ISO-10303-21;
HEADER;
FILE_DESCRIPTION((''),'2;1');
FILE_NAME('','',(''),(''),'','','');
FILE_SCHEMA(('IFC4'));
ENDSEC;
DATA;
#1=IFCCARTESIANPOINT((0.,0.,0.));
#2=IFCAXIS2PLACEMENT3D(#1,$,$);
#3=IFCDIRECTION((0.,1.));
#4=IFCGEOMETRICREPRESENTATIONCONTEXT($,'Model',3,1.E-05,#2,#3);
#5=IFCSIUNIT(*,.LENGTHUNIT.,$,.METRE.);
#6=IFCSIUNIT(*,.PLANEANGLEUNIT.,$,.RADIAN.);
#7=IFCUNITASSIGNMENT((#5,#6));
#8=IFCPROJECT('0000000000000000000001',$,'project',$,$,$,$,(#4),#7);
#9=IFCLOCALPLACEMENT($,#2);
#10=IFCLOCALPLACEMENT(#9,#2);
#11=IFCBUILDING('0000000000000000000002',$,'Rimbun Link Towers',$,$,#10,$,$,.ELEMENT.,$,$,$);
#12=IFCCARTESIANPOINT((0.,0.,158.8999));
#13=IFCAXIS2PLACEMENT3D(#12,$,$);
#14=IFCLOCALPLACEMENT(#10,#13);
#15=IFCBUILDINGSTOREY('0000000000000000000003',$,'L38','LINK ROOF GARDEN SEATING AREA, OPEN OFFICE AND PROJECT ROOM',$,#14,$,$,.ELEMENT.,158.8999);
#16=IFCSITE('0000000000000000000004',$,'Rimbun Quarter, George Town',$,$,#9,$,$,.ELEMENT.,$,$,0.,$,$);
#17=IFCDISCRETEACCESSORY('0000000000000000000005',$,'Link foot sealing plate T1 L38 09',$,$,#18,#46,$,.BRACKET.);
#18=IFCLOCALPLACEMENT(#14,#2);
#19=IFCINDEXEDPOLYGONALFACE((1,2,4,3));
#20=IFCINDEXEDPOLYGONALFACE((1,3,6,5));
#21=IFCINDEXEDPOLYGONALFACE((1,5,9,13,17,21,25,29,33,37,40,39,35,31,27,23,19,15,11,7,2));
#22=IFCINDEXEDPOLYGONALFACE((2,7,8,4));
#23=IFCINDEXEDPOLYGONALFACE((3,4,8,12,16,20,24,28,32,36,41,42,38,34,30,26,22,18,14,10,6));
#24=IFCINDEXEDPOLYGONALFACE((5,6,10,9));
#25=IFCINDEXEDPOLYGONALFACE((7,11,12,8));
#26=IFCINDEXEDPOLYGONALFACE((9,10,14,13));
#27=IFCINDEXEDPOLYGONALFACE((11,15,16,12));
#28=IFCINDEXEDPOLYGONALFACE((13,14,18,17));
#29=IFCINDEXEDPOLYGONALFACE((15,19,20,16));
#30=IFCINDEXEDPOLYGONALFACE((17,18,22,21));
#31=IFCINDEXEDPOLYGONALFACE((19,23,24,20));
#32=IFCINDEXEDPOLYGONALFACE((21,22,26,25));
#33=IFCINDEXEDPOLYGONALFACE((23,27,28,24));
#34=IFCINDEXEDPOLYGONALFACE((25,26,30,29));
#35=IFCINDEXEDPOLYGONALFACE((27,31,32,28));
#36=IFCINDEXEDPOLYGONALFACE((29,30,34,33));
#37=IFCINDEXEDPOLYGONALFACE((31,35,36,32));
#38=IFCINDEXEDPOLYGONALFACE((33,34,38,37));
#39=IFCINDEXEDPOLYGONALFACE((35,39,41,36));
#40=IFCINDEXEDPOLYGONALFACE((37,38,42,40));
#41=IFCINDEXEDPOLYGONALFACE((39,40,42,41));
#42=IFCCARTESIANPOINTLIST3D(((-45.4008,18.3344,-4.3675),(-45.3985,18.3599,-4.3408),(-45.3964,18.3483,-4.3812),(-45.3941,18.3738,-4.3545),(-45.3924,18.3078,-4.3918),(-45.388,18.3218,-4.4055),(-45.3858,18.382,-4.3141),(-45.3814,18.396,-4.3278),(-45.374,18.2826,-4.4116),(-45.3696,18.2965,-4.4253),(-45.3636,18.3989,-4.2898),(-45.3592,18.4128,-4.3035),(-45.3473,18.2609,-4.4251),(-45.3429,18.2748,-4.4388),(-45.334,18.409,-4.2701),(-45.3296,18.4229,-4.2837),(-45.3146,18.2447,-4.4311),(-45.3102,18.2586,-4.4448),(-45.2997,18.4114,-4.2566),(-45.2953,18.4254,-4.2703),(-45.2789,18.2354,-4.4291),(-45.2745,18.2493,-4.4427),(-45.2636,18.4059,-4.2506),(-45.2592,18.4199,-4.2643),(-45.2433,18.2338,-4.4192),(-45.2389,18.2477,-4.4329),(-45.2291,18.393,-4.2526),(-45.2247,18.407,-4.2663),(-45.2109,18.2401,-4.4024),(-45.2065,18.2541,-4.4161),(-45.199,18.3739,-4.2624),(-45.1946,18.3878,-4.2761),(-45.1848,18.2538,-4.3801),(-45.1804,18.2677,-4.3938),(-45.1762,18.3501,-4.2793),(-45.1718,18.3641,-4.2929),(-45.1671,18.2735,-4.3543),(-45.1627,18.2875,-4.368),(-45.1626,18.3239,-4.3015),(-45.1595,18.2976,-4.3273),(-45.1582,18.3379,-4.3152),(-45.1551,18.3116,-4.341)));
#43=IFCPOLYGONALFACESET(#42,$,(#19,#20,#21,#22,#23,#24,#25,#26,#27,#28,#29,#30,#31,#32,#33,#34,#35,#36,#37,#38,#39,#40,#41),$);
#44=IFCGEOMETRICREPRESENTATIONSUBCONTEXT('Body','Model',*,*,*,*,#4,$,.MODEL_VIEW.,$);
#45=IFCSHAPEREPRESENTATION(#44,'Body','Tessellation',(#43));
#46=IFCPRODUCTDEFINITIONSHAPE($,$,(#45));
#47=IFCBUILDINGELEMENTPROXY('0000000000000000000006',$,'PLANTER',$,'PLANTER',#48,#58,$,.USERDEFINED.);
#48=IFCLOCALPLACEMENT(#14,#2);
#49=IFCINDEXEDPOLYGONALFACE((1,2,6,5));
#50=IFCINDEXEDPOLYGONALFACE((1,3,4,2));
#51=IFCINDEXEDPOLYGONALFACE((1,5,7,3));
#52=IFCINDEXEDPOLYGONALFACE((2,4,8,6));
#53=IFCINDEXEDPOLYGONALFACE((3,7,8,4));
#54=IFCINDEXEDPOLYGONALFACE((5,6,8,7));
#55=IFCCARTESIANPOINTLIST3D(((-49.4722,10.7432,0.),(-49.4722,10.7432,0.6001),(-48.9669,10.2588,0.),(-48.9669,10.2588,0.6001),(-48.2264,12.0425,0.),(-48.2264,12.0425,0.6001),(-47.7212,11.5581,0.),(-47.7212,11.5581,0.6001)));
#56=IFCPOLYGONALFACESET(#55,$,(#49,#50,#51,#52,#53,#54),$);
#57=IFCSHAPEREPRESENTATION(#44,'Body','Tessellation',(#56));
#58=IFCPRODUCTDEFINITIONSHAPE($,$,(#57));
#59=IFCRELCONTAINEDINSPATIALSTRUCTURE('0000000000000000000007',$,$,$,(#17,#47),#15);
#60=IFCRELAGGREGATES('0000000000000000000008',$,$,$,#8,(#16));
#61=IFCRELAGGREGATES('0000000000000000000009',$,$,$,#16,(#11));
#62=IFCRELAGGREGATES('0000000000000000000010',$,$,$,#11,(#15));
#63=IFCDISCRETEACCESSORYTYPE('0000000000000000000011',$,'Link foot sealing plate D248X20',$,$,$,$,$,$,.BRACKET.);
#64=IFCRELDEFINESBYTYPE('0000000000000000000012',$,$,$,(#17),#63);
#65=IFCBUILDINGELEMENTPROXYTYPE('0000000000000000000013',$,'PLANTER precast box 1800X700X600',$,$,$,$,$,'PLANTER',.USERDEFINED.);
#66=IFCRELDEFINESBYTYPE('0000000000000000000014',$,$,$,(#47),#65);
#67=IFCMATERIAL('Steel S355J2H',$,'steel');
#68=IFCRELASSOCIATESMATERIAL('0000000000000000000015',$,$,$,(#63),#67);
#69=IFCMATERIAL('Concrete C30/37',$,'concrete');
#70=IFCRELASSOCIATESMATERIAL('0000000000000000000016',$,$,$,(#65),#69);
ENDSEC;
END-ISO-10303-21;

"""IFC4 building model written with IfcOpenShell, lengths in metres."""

from ifc_helpers import new_model, si_unit, direction, frame, origin, origin_2d, place, context, subcontext, project, spatial, rectangle, circle, extrude, material, material_profile, profile_set, type_object, element, save


model = new_model("IFC4")

# Units and contexts
model_context = context("Model", 3, precision=1e-05, world=origin(), true_north=direction((0.0, 1.0)))
body_context = subcontext(model_context, "Body", "Model", "MODEL_VIEW")
ifc_project = project(units=[si_unit("LENGTHUNIT", "METRE"), si_unit("PLANEANGLEUNIT", "RADIAN")], contexts=[model_context])

# Site, building, storey
site_placement = place(None, origin())
site = spatial("IfcSite", under=ifc_project, at=site_placement, Name="Rimbun Quarter, George Town", CompositionType="ELEMENT", RefElevation=0.0)
building_placement = place(site_placement, origin())
building = spatial("IfcBuilding", under=site, at=building_placement, Name="Rimbun Link Towers", CompositionType="ELEMENT")
storey_placement = place(building_placement, frame((0.0, 0.0, 158.8999)))
storey = spatial("IfcBuildingStorey", under=building, at=storey_placement, Name="L38", Description="LINK ROOF GARDEN SEATING AREA, OPEN OFFICE AND PROJECT ROOM", CompositionType="ELEMENT", Elevation=158.8999)

# Discrete accessory
ifc_material_1 = material(Name="Steel S355J2H", Category="steel")
ifc_material_profile_1 = material_profile(ifc_material_1, circle(Radius=0.124, at=origin_2d()), Name="PL D248")
ifc_profile_set_1 = profile_set([ifc_material_profile_1], Name="Steel S355J2H")
discrete_accessory_type = type_object("IfcDiscreteAccessoryType", Name="Link foot sealing plate D248X20", PredefinedType="BRACKET", material=ifc_profile_set_1)
discrete_accessory_placement = place(storey_placement, frame((-45.2803, 18.3225, -4.3408), z_axis=(0.219757, 0.695899, -0.68369), x_axis=(-0.953583, 0.301131, 0.0)))
element("IfcDiscreteAccessory", 1, at=discrete_accessory_placement, inside=storey, type_object=discrete_accessory_type, Name="Link foot sealing plate T1 L38 09", PredefinedType="BRACKET", context=body_context, shape_type="SweptSolid", body=[
    extrude(circle(Radius=0.124, at=origin_2d()), origin(), (0.0, 0.0, 1.0), 0.02),
])

# Building element proxy
ifc_material_2 = material(Name="Concrete C30/37", Category="concrete")
building_element_proxy_type = type_object("IfcBuildingElementProxyType", Name="PLANTER precast box 1800X700X600", ElementType="PLANTER", PredefinedType="USERDEFINED", material=ifc_material_2)
proxy_placement = place(storey_placement, frame((-48.5967, 11.1506, 0.0), z_axis=(0.0, 0.0, 1.0), x_axis=(-0.692052, -0.721847, 0.0)))
element("IfcBuildingElementProxy", 2, at=proxy_placement, inside=storey, type_object=building_element_proxy_type, Name="PLANTER", ObjectType="PLANTER", PredefinedType="USERDEFINED", context=body_context, shape_type="SweptSolid", body=[
    extrude(rectangle(XDim=1.8, YDim=0.7, at=origin_2d()), origin(), (0.0, 0.0, 1.0), 0.6001),
])

save(model, "model.ifc")
